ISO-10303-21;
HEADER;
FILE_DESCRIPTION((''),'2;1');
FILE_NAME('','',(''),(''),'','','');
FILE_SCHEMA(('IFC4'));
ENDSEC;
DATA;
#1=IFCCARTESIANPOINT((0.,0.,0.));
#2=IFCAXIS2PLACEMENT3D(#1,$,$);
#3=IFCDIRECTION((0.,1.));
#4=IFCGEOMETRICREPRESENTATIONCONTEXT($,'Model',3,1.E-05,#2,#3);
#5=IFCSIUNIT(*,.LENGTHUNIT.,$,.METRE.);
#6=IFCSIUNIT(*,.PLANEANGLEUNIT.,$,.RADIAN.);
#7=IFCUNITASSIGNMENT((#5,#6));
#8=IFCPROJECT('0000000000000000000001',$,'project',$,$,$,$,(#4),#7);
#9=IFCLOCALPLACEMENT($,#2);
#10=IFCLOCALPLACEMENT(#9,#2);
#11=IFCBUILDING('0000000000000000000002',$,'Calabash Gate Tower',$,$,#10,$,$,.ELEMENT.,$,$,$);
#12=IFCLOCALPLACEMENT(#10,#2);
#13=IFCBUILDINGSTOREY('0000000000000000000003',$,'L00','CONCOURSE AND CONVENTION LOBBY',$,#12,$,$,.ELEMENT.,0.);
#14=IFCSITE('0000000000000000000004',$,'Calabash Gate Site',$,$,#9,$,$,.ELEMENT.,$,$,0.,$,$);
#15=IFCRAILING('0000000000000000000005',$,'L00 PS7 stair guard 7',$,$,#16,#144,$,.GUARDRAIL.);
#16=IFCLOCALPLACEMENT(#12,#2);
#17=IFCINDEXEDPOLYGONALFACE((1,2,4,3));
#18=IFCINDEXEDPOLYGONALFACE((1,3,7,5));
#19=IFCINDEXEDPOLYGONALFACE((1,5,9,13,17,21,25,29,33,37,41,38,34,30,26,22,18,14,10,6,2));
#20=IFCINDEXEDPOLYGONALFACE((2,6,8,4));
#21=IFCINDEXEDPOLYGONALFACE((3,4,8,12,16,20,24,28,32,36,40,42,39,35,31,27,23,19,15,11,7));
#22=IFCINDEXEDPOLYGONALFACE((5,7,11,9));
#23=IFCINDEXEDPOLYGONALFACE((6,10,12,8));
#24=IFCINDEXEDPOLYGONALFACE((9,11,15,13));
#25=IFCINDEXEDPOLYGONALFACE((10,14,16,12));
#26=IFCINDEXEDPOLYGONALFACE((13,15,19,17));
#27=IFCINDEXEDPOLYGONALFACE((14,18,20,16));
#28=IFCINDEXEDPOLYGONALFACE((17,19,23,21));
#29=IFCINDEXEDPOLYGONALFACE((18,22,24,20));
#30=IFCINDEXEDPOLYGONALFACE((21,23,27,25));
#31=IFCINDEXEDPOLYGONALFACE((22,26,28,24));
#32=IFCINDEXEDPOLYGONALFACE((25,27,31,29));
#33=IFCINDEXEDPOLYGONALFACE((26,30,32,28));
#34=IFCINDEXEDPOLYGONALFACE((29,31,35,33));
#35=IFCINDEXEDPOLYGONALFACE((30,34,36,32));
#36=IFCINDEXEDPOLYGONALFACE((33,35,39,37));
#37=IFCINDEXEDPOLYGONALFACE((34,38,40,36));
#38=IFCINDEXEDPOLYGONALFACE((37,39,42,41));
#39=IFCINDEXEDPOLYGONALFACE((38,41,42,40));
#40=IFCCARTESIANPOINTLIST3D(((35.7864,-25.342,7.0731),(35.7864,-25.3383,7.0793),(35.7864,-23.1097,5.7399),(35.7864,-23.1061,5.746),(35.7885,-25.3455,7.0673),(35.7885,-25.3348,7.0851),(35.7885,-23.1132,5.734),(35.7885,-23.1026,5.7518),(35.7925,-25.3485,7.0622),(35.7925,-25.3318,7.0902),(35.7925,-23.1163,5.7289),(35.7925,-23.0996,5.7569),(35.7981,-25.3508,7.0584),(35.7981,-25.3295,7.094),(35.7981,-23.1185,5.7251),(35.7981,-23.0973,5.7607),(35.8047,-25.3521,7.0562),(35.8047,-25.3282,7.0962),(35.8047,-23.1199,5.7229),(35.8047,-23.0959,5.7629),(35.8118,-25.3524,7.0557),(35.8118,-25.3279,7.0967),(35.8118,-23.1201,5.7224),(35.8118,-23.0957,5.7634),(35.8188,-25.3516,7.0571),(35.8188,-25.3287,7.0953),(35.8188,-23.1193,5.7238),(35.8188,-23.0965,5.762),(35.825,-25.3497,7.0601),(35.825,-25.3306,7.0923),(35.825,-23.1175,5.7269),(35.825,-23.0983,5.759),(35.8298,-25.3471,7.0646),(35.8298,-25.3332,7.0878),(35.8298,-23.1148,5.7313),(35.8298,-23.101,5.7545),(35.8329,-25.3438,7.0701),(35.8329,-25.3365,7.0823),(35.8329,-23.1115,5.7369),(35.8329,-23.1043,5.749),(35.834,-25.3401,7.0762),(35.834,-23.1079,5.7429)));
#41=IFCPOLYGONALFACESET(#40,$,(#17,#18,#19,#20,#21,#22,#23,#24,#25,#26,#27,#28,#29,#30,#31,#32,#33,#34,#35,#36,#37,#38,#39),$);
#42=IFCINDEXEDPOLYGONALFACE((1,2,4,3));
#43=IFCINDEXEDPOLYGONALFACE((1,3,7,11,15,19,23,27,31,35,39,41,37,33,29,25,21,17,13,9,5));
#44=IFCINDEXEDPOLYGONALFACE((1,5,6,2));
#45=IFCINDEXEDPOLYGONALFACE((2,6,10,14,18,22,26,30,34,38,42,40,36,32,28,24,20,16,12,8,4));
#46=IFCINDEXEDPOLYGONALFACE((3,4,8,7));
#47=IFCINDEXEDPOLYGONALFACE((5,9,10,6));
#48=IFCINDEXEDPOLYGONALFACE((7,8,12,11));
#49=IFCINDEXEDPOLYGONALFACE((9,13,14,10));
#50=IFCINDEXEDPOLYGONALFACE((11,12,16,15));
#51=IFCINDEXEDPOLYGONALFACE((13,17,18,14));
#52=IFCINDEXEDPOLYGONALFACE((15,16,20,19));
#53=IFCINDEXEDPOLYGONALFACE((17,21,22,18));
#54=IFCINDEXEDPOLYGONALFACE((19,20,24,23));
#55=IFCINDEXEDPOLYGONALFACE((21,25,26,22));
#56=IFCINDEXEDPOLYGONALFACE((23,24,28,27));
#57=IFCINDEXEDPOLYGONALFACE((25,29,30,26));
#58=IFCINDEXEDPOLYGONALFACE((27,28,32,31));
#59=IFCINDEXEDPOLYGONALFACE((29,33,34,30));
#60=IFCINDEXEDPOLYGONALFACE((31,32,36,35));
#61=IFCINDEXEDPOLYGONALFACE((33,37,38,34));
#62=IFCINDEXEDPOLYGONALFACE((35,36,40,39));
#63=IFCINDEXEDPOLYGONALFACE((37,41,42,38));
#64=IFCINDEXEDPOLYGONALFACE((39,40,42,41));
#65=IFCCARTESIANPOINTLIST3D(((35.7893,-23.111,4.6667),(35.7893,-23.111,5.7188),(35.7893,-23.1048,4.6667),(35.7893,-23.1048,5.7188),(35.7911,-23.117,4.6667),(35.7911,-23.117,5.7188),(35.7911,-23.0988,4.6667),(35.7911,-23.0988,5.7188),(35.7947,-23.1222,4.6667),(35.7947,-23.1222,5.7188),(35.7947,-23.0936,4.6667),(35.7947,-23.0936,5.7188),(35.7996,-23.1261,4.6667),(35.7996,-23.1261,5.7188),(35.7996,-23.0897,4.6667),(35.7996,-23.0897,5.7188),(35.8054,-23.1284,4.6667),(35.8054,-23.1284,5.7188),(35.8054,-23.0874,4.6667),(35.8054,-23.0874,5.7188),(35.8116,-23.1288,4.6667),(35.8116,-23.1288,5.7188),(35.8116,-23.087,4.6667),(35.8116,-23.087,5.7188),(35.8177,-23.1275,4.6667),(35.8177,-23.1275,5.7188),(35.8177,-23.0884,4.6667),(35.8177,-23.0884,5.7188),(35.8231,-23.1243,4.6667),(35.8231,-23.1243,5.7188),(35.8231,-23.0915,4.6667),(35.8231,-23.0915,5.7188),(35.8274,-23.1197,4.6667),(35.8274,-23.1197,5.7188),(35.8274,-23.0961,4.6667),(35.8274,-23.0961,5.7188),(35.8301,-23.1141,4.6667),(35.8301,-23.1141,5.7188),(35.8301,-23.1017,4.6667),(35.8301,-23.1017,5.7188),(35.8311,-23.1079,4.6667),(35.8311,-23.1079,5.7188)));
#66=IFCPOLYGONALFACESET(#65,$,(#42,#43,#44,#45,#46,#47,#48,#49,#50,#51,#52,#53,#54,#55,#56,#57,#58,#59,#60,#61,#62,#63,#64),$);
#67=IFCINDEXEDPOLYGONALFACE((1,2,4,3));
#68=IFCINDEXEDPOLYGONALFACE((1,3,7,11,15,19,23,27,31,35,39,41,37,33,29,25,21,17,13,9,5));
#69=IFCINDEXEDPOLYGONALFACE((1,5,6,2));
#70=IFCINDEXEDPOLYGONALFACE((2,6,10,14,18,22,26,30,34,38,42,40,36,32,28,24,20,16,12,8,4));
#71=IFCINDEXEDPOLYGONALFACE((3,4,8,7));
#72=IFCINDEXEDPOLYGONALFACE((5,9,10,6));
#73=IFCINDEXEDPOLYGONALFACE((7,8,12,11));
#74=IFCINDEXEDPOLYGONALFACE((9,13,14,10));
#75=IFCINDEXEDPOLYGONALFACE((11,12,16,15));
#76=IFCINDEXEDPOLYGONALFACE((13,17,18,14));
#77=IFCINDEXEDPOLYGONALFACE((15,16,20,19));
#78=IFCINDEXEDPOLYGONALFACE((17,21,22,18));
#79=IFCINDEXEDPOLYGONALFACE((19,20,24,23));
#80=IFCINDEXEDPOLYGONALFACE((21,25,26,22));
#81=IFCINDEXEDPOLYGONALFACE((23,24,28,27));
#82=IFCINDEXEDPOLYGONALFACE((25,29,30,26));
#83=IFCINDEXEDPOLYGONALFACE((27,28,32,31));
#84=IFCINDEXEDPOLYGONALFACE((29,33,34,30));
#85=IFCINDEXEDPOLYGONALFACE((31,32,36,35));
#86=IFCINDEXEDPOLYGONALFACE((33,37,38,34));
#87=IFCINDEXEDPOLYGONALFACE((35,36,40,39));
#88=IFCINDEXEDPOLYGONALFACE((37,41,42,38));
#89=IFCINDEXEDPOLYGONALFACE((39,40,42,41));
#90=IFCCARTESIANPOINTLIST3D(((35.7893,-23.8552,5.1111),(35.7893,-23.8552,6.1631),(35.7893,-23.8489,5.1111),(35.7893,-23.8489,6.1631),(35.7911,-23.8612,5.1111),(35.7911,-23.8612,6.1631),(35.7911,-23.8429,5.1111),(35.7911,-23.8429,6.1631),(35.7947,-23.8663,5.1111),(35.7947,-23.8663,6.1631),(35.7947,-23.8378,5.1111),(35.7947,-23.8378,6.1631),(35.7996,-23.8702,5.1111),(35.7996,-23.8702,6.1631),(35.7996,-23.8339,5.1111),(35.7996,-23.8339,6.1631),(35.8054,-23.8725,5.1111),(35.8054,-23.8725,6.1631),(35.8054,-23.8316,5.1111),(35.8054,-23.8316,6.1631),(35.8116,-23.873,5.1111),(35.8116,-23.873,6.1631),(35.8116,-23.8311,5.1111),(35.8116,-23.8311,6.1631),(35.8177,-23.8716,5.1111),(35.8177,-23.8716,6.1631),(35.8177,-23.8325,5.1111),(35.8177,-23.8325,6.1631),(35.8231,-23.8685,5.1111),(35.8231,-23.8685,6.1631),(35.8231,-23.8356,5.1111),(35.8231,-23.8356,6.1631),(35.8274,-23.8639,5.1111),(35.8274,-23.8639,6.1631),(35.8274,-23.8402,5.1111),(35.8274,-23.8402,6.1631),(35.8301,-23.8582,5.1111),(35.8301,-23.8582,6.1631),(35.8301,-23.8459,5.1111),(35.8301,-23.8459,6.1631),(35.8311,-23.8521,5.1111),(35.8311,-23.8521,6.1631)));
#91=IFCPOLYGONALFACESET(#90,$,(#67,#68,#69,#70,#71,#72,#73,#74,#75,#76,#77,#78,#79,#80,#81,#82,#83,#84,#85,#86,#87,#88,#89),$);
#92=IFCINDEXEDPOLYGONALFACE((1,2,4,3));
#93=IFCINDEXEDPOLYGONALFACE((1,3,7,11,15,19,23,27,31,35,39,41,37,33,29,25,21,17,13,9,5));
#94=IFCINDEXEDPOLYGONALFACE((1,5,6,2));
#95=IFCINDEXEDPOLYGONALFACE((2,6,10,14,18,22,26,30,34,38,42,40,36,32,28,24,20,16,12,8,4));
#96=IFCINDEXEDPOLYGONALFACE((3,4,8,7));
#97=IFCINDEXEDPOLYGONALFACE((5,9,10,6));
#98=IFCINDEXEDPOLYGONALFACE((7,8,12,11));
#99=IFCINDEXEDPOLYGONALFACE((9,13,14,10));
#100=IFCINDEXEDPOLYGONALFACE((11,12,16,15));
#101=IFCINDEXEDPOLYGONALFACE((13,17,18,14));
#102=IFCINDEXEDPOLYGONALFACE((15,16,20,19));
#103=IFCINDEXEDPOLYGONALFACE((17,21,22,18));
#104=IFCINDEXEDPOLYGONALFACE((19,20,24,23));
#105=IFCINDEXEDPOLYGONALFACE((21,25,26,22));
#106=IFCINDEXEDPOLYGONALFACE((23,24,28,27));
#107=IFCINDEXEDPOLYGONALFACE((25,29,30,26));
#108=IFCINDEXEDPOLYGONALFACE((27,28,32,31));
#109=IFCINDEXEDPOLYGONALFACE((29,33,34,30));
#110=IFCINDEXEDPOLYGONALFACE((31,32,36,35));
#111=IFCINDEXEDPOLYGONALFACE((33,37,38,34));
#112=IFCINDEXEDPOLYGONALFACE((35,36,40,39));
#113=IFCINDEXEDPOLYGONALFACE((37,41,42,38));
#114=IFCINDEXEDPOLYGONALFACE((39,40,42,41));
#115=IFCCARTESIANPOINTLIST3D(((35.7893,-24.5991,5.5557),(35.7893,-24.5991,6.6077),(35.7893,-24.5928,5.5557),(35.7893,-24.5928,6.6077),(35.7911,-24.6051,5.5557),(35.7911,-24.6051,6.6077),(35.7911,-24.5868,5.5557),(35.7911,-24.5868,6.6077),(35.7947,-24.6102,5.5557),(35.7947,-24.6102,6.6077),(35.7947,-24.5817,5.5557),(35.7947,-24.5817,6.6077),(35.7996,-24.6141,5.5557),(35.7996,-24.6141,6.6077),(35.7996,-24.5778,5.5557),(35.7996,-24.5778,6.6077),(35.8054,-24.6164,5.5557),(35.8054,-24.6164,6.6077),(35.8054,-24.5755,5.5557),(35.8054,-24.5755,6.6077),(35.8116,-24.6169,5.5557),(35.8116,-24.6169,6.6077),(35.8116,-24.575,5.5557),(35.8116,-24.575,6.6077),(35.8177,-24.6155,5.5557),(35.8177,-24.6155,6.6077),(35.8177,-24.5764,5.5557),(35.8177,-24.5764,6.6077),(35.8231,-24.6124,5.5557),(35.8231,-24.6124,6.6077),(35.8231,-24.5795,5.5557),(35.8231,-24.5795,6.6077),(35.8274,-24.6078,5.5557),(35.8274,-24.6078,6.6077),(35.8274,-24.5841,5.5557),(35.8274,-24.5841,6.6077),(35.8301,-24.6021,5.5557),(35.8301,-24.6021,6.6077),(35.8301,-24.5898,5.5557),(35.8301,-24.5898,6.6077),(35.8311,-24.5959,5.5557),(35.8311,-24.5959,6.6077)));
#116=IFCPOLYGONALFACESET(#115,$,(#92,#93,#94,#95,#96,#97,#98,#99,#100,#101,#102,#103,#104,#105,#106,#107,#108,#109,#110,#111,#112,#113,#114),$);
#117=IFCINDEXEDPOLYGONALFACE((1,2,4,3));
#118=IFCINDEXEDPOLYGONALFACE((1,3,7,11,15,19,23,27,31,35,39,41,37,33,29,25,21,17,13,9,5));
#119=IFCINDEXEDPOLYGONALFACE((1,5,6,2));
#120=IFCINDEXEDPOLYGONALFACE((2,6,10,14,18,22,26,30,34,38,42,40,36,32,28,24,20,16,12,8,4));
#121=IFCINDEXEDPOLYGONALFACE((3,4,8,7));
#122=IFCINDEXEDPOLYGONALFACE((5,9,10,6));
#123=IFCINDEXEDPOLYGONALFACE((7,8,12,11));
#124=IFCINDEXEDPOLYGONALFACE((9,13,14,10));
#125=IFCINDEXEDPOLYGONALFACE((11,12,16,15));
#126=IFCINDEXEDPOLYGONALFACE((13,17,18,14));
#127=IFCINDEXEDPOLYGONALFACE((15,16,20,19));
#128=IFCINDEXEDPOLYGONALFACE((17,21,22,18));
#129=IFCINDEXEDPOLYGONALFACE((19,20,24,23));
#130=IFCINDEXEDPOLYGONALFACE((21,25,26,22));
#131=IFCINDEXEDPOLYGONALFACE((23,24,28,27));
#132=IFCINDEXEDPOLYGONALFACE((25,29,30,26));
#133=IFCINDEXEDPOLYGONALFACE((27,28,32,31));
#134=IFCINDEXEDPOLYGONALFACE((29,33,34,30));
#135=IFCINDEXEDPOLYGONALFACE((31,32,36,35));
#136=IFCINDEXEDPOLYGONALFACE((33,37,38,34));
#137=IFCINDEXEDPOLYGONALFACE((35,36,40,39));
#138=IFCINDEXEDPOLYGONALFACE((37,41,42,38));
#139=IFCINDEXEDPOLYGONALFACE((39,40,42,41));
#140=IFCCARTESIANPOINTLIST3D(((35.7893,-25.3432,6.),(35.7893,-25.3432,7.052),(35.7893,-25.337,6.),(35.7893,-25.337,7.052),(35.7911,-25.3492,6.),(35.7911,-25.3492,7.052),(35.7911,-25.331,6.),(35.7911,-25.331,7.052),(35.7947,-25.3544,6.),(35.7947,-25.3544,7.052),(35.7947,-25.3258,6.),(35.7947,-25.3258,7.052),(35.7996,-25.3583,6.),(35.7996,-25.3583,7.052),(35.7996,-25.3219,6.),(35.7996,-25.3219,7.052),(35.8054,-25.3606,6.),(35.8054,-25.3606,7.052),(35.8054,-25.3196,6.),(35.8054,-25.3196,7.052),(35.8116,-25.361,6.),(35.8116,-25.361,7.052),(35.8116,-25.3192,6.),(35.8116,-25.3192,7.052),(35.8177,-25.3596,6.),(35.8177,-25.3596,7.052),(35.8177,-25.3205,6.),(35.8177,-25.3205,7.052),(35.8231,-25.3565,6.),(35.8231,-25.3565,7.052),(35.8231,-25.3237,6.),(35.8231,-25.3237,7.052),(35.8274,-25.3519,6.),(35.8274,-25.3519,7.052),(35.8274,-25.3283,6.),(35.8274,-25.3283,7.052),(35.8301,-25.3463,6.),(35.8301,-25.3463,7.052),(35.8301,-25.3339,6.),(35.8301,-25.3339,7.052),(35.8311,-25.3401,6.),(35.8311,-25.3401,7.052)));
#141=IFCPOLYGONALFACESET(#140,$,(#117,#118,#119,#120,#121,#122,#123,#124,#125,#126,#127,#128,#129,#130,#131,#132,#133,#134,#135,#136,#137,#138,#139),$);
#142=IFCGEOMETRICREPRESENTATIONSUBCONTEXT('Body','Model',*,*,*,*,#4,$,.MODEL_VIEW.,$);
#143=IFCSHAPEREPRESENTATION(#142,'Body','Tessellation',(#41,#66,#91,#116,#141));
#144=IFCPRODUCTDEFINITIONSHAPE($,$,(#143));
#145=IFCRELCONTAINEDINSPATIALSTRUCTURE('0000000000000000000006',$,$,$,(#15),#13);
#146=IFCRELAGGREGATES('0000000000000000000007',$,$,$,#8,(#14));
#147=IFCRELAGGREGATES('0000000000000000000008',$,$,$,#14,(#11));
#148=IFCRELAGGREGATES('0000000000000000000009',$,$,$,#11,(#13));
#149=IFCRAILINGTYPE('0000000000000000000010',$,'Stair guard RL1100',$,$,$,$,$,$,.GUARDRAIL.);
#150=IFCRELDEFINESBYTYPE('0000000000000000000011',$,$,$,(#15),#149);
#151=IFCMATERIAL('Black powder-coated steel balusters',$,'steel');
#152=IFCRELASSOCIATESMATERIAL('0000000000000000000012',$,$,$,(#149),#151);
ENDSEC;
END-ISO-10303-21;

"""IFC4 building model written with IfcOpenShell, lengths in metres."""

from ifc_helpers import new_model, si_unit, direction, frame, origin, origin_2d, place, context, subcontext, project, spatial, circle, extrude, material, type_object, element, save


model = new_model("IFC4")

# Units and contexts
model_context = context("Model", 3, precision=1e-05, world=origin(), true_north=direction((0.0, 1.0)))
body_context = subcontext(model_context, "Body", "Model", "MODEL_VIEW")
ifc_project = project(units=[si_unit("LENGTHUNIT", "METRE"), si_unit("PLANEANGLEUNIT", "RADIAN")], contexts=[model_context])

# Site, building, storey
site_placement = place(None, origin())
site = spatial("IfcSite", under=ifc_project, at=site_placement, Name="Calabash Gate Site", CompositionType="ELEMENT", RefElevation=0.0)
building_placement = place(site_placement, origin())
building = spatial("IfcBuilding", under=site, at=building_placement, Name="Calabash Gate Tower", CompositionType="ELEMENT")
storey_placement = place(building_placement, origin())
storey = spatial("IfcBuildingStorey", under=building, at=storey_placement, Name="L00", Description="CONCOURSE AND CONVENTION LOBBY", CompositionType="ELEMENT", Elevation=0.0)

# Railing
ifc_material_1 = material(Name="Black powder-coated steel balusters", Category="steel")
railing_type_1 = type_object("IfcRailingType", Name="Stair guard RL1100", PredefinedType="GUARDRAIL", material=ifc_material_1)
railing_1_placement = place(storey_placement, frame((35.8101, -23.1079, 4.6667)))
element("IfcRailing", 1, at=railing_1_placement, inside=storey, type_object=railing_type_1, Name="L00 PS7 stair guard 7", PredefinedType="GUARDRAIL", context=body_context, shape_type="SweptSolid", body=[
    extrude(circle(Radius=0.0239, at=origin_2d()), frame((0.0, 0.0, 1.0762), z_axis=(0.0, -0.858519, 0.512782), x_axis=(1.0, 0.0, 0.0)), (0.0, 0.0, 1.0), 2.6001),
    extrude(circle(Radius=0.021, at=origin_2d()), origin(), (0.0, 0.0, 1.0), 1.052),
    extrude(circle(Radius=0.021, at=origin_2d()), frame((0.0, -0.7441, 0.4443)), (0.0, 0.0, 1.0), 1.052),
    extrude(circle(Radius=0.021, at=origin_2d()), frame((0.0, -1.488, 0.8889)), (0.0, 0.0, 1.0), 1.052),
    extrude(circle(Radius=0.021, at=origin_2d()), frame((0.0, -2.2322, 1.3333)), (0.0, 0.0, 1.0), 1.052),
])

save(model, "model.ifc")
